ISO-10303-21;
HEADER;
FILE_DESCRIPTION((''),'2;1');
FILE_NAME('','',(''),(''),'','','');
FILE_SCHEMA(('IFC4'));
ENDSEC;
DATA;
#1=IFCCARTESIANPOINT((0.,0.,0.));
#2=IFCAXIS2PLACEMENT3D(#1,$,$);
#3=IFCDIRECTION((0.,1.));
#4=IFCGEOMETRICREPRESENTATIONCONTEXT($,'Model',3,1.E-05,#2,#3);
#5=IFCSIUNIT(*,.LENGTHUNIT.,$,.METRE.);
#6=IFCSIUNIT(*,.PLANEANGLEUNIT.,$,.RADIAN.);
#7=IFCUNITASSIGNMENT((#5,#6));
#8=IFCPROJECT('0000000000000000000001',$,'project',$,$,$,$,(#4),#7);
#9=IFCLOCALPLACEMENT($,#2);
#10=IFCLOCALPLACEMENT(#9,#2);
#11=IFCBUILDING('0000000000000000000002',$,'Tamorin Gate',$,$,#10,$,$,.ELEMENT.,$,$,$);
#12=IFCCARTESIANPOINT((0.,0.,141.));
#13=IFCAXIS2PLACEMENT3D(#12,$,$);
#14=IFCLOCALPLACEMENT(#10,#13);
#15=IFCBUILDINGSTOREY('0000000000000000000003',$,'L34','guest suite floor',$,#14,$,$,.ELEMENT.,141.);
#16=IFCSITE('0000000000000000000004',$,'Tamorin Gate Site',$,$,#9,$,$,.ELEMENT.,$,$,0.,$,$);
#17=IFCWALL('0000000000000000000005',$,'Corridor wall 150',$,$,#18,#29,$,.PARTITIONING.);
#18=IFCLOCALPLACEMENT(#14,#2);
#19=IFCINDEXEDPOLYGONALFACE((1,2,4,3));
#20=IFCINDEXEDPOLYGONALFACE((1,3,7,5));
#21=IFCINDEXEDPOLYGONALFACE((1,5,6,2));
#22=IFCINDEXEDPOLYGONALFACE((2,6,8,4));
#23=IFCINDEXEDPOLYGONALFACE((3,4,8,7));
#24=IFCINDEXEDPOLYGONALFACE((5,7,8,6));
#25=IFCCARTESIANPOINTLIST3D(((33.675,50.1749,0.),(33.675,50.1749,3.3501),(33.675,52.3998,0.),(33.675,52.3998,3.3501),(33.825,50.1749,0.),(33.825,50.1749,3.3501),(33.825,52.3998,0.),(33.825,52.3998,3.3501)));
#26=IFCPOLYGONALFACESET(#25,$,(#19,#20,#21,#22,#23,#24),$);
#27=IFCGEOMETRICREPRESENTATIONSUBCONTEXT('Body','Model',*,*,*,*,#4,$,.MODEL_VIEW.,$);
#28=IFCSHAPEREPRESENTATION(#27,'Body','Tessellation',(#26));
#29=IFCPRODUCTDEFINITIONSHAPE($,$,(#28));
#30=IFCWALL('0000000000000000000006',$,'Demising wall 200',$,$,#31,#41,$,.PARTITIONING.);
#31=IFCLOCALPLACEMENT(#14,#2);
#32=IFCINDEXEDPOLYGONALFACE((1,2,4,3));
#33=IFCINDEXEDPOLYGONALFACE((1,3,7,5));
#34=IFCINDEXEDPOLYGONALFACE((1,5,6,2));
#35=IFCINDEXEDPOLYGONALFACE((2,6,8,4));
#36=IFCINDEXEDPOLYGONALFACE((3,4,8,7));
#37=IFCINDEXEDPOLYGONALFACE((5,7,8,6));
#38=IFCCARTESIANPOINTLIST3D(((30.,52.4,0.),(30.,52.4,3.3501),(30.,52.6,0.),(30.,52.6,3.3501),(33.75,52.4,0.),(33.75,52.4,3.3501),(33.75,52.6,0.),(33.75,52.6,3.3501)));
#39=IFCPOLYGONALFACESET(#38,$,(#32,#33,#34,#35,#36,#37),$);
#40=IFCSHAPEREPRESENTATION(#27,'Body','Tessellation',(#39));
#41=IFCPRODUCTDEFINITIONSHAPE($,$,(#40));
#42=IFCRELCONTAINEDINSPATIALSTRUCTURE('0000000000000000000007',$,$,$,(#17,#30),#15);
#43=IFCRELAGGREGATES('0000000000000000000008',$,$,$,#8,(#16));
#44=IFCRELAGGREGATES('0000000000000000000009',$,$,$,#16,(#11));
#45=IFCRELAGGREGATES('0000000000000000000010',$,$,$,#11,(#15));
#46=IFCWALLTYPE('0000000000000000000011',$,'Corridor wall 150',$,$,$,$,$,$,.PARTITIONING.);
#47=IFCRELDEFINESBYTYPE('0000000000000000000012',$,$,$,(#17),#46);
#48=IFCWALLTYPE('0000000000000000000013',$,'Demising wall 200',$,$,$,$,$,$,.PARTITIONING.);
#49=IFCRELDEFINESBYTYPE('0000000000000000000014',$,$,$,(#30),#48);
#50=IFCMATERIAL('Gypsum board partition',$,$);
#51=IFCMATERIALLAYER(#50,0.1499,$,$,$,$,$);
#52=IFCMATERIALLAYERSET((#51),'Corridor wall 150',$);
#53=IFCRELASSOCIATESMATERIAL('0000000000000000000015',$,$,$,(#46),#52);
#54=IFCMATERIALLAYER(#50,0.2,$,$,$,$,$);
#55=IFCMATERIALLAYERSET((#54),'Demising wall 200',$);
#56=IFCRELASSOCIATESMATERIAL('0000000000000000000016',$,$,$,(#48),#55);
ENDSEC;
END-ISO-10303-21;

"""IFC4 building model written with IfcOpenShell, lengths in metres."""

from ifc_helpers import new_model, si_unit, direction, frame, frame_2d, origin, place, context, subcontext, project, spatial, rectangle, extrude, material, layer, layer_set, type_object, element, save


model = new_model("IFC4")

# Units and contexts
model_context = context("Model", 3, precision=1e-05, world=origin(), true_north=direction((0.0, 1.0)))
body_context = subcontext(model_context, "Body", "Model", "MODEL_VIEW")
ifc_project = project(units=[si_unit("LENGTHUNIT", "METRE"), si_unit("PLANEANGLEUNIT", "RADIAN")], contexts=[model_context])

# Site, building, storey
site_placement = place(None, origin())
site = spatial("IfcSite", under=ifc_project, at=site_placement, Name="Tamorin Gate Site", CompositionType="ELEMENT", RefElevation=0.0)
building_placement = place(site_placement, origin())
building = spatial("IfcBuilding", under=site, at=building_placement, Name="Tamorin Gate", CompositionType="ELEMENT")
storey_placement = place(building_placement, frame((0.0, 0.0, 141.0)))
storey = spatial("IfcBuildingStorey", under=building, at=storey_placement, Name="L34", Description="guest suite floor", CompositionType="ELEMENT", Elevation=141.0)

# Shared definitions
ifc_material_1 = material(Name="Gypsum board partition")
ifc_layer_1 = layer(ifc_material_1, 0.1499)
ifc_layer_set_1 = layer_set([ifc_layer_1], Name="Corridor wall 150")
wall_type_1 = type_object("IfcWallType", Name="Corridor wall 150", PredefinedType="PARTITIONING", material=ifc_layer_set_1)

# Walls
wall_1_placement = place(storey_placement, frame((33.75, 50.175, 0.0), z_axis=(0.0, 0.0, 1.0), x_axis=(0.0, 1.0, 0.0)))
element("IfcWall", 1, at=wall_1_placement, inside=storey, type_object=wall_type_1, Name="Corridor wall 150", PredefinedType="PARTITIONING", context=body_context, shape_type="SweptSolid", body=[
    extrude(rectangle(XDim=2.2249, YDim=0.1499, at=frame_2d((1.1123, 0.0))), origin(), (0.0, 0.0, 1.0), 3.3501),
])
ifc_layer_2 = layer(ifc_material_1, 0.2)
ifc_layer_set_2 = layer_set([ifc_layer_2], Name="Demising wall 200")
wall_type_2 = type_object("IfcWallType", Name="Demising wall 200", PredefinedType="PARTITIONING", material=ifc_layer_set_2)
wall_2_placement = place(storey_placement, frame((30.0, 52.5, 0.0), z_axis=(0.0, 0.0, 1.0), x_axis=(1.0, 0.0, 0.0)))
element("IfcWall", 2, at=wall_2_placement, inside=storey, type_object=wall_type_2, Name="Demising wall 200", PredefinedType="PARTITIONING", context=body_context, shape_type="SweptSolid", body=[
    extrude(rectangle(XDim=3.75, YDim=0.2, at=frame_2d((1.875, 0.0))), origin(), (0.0, 0.0, 1.0), 3.3501),
])

save(model, "model.ifc")
